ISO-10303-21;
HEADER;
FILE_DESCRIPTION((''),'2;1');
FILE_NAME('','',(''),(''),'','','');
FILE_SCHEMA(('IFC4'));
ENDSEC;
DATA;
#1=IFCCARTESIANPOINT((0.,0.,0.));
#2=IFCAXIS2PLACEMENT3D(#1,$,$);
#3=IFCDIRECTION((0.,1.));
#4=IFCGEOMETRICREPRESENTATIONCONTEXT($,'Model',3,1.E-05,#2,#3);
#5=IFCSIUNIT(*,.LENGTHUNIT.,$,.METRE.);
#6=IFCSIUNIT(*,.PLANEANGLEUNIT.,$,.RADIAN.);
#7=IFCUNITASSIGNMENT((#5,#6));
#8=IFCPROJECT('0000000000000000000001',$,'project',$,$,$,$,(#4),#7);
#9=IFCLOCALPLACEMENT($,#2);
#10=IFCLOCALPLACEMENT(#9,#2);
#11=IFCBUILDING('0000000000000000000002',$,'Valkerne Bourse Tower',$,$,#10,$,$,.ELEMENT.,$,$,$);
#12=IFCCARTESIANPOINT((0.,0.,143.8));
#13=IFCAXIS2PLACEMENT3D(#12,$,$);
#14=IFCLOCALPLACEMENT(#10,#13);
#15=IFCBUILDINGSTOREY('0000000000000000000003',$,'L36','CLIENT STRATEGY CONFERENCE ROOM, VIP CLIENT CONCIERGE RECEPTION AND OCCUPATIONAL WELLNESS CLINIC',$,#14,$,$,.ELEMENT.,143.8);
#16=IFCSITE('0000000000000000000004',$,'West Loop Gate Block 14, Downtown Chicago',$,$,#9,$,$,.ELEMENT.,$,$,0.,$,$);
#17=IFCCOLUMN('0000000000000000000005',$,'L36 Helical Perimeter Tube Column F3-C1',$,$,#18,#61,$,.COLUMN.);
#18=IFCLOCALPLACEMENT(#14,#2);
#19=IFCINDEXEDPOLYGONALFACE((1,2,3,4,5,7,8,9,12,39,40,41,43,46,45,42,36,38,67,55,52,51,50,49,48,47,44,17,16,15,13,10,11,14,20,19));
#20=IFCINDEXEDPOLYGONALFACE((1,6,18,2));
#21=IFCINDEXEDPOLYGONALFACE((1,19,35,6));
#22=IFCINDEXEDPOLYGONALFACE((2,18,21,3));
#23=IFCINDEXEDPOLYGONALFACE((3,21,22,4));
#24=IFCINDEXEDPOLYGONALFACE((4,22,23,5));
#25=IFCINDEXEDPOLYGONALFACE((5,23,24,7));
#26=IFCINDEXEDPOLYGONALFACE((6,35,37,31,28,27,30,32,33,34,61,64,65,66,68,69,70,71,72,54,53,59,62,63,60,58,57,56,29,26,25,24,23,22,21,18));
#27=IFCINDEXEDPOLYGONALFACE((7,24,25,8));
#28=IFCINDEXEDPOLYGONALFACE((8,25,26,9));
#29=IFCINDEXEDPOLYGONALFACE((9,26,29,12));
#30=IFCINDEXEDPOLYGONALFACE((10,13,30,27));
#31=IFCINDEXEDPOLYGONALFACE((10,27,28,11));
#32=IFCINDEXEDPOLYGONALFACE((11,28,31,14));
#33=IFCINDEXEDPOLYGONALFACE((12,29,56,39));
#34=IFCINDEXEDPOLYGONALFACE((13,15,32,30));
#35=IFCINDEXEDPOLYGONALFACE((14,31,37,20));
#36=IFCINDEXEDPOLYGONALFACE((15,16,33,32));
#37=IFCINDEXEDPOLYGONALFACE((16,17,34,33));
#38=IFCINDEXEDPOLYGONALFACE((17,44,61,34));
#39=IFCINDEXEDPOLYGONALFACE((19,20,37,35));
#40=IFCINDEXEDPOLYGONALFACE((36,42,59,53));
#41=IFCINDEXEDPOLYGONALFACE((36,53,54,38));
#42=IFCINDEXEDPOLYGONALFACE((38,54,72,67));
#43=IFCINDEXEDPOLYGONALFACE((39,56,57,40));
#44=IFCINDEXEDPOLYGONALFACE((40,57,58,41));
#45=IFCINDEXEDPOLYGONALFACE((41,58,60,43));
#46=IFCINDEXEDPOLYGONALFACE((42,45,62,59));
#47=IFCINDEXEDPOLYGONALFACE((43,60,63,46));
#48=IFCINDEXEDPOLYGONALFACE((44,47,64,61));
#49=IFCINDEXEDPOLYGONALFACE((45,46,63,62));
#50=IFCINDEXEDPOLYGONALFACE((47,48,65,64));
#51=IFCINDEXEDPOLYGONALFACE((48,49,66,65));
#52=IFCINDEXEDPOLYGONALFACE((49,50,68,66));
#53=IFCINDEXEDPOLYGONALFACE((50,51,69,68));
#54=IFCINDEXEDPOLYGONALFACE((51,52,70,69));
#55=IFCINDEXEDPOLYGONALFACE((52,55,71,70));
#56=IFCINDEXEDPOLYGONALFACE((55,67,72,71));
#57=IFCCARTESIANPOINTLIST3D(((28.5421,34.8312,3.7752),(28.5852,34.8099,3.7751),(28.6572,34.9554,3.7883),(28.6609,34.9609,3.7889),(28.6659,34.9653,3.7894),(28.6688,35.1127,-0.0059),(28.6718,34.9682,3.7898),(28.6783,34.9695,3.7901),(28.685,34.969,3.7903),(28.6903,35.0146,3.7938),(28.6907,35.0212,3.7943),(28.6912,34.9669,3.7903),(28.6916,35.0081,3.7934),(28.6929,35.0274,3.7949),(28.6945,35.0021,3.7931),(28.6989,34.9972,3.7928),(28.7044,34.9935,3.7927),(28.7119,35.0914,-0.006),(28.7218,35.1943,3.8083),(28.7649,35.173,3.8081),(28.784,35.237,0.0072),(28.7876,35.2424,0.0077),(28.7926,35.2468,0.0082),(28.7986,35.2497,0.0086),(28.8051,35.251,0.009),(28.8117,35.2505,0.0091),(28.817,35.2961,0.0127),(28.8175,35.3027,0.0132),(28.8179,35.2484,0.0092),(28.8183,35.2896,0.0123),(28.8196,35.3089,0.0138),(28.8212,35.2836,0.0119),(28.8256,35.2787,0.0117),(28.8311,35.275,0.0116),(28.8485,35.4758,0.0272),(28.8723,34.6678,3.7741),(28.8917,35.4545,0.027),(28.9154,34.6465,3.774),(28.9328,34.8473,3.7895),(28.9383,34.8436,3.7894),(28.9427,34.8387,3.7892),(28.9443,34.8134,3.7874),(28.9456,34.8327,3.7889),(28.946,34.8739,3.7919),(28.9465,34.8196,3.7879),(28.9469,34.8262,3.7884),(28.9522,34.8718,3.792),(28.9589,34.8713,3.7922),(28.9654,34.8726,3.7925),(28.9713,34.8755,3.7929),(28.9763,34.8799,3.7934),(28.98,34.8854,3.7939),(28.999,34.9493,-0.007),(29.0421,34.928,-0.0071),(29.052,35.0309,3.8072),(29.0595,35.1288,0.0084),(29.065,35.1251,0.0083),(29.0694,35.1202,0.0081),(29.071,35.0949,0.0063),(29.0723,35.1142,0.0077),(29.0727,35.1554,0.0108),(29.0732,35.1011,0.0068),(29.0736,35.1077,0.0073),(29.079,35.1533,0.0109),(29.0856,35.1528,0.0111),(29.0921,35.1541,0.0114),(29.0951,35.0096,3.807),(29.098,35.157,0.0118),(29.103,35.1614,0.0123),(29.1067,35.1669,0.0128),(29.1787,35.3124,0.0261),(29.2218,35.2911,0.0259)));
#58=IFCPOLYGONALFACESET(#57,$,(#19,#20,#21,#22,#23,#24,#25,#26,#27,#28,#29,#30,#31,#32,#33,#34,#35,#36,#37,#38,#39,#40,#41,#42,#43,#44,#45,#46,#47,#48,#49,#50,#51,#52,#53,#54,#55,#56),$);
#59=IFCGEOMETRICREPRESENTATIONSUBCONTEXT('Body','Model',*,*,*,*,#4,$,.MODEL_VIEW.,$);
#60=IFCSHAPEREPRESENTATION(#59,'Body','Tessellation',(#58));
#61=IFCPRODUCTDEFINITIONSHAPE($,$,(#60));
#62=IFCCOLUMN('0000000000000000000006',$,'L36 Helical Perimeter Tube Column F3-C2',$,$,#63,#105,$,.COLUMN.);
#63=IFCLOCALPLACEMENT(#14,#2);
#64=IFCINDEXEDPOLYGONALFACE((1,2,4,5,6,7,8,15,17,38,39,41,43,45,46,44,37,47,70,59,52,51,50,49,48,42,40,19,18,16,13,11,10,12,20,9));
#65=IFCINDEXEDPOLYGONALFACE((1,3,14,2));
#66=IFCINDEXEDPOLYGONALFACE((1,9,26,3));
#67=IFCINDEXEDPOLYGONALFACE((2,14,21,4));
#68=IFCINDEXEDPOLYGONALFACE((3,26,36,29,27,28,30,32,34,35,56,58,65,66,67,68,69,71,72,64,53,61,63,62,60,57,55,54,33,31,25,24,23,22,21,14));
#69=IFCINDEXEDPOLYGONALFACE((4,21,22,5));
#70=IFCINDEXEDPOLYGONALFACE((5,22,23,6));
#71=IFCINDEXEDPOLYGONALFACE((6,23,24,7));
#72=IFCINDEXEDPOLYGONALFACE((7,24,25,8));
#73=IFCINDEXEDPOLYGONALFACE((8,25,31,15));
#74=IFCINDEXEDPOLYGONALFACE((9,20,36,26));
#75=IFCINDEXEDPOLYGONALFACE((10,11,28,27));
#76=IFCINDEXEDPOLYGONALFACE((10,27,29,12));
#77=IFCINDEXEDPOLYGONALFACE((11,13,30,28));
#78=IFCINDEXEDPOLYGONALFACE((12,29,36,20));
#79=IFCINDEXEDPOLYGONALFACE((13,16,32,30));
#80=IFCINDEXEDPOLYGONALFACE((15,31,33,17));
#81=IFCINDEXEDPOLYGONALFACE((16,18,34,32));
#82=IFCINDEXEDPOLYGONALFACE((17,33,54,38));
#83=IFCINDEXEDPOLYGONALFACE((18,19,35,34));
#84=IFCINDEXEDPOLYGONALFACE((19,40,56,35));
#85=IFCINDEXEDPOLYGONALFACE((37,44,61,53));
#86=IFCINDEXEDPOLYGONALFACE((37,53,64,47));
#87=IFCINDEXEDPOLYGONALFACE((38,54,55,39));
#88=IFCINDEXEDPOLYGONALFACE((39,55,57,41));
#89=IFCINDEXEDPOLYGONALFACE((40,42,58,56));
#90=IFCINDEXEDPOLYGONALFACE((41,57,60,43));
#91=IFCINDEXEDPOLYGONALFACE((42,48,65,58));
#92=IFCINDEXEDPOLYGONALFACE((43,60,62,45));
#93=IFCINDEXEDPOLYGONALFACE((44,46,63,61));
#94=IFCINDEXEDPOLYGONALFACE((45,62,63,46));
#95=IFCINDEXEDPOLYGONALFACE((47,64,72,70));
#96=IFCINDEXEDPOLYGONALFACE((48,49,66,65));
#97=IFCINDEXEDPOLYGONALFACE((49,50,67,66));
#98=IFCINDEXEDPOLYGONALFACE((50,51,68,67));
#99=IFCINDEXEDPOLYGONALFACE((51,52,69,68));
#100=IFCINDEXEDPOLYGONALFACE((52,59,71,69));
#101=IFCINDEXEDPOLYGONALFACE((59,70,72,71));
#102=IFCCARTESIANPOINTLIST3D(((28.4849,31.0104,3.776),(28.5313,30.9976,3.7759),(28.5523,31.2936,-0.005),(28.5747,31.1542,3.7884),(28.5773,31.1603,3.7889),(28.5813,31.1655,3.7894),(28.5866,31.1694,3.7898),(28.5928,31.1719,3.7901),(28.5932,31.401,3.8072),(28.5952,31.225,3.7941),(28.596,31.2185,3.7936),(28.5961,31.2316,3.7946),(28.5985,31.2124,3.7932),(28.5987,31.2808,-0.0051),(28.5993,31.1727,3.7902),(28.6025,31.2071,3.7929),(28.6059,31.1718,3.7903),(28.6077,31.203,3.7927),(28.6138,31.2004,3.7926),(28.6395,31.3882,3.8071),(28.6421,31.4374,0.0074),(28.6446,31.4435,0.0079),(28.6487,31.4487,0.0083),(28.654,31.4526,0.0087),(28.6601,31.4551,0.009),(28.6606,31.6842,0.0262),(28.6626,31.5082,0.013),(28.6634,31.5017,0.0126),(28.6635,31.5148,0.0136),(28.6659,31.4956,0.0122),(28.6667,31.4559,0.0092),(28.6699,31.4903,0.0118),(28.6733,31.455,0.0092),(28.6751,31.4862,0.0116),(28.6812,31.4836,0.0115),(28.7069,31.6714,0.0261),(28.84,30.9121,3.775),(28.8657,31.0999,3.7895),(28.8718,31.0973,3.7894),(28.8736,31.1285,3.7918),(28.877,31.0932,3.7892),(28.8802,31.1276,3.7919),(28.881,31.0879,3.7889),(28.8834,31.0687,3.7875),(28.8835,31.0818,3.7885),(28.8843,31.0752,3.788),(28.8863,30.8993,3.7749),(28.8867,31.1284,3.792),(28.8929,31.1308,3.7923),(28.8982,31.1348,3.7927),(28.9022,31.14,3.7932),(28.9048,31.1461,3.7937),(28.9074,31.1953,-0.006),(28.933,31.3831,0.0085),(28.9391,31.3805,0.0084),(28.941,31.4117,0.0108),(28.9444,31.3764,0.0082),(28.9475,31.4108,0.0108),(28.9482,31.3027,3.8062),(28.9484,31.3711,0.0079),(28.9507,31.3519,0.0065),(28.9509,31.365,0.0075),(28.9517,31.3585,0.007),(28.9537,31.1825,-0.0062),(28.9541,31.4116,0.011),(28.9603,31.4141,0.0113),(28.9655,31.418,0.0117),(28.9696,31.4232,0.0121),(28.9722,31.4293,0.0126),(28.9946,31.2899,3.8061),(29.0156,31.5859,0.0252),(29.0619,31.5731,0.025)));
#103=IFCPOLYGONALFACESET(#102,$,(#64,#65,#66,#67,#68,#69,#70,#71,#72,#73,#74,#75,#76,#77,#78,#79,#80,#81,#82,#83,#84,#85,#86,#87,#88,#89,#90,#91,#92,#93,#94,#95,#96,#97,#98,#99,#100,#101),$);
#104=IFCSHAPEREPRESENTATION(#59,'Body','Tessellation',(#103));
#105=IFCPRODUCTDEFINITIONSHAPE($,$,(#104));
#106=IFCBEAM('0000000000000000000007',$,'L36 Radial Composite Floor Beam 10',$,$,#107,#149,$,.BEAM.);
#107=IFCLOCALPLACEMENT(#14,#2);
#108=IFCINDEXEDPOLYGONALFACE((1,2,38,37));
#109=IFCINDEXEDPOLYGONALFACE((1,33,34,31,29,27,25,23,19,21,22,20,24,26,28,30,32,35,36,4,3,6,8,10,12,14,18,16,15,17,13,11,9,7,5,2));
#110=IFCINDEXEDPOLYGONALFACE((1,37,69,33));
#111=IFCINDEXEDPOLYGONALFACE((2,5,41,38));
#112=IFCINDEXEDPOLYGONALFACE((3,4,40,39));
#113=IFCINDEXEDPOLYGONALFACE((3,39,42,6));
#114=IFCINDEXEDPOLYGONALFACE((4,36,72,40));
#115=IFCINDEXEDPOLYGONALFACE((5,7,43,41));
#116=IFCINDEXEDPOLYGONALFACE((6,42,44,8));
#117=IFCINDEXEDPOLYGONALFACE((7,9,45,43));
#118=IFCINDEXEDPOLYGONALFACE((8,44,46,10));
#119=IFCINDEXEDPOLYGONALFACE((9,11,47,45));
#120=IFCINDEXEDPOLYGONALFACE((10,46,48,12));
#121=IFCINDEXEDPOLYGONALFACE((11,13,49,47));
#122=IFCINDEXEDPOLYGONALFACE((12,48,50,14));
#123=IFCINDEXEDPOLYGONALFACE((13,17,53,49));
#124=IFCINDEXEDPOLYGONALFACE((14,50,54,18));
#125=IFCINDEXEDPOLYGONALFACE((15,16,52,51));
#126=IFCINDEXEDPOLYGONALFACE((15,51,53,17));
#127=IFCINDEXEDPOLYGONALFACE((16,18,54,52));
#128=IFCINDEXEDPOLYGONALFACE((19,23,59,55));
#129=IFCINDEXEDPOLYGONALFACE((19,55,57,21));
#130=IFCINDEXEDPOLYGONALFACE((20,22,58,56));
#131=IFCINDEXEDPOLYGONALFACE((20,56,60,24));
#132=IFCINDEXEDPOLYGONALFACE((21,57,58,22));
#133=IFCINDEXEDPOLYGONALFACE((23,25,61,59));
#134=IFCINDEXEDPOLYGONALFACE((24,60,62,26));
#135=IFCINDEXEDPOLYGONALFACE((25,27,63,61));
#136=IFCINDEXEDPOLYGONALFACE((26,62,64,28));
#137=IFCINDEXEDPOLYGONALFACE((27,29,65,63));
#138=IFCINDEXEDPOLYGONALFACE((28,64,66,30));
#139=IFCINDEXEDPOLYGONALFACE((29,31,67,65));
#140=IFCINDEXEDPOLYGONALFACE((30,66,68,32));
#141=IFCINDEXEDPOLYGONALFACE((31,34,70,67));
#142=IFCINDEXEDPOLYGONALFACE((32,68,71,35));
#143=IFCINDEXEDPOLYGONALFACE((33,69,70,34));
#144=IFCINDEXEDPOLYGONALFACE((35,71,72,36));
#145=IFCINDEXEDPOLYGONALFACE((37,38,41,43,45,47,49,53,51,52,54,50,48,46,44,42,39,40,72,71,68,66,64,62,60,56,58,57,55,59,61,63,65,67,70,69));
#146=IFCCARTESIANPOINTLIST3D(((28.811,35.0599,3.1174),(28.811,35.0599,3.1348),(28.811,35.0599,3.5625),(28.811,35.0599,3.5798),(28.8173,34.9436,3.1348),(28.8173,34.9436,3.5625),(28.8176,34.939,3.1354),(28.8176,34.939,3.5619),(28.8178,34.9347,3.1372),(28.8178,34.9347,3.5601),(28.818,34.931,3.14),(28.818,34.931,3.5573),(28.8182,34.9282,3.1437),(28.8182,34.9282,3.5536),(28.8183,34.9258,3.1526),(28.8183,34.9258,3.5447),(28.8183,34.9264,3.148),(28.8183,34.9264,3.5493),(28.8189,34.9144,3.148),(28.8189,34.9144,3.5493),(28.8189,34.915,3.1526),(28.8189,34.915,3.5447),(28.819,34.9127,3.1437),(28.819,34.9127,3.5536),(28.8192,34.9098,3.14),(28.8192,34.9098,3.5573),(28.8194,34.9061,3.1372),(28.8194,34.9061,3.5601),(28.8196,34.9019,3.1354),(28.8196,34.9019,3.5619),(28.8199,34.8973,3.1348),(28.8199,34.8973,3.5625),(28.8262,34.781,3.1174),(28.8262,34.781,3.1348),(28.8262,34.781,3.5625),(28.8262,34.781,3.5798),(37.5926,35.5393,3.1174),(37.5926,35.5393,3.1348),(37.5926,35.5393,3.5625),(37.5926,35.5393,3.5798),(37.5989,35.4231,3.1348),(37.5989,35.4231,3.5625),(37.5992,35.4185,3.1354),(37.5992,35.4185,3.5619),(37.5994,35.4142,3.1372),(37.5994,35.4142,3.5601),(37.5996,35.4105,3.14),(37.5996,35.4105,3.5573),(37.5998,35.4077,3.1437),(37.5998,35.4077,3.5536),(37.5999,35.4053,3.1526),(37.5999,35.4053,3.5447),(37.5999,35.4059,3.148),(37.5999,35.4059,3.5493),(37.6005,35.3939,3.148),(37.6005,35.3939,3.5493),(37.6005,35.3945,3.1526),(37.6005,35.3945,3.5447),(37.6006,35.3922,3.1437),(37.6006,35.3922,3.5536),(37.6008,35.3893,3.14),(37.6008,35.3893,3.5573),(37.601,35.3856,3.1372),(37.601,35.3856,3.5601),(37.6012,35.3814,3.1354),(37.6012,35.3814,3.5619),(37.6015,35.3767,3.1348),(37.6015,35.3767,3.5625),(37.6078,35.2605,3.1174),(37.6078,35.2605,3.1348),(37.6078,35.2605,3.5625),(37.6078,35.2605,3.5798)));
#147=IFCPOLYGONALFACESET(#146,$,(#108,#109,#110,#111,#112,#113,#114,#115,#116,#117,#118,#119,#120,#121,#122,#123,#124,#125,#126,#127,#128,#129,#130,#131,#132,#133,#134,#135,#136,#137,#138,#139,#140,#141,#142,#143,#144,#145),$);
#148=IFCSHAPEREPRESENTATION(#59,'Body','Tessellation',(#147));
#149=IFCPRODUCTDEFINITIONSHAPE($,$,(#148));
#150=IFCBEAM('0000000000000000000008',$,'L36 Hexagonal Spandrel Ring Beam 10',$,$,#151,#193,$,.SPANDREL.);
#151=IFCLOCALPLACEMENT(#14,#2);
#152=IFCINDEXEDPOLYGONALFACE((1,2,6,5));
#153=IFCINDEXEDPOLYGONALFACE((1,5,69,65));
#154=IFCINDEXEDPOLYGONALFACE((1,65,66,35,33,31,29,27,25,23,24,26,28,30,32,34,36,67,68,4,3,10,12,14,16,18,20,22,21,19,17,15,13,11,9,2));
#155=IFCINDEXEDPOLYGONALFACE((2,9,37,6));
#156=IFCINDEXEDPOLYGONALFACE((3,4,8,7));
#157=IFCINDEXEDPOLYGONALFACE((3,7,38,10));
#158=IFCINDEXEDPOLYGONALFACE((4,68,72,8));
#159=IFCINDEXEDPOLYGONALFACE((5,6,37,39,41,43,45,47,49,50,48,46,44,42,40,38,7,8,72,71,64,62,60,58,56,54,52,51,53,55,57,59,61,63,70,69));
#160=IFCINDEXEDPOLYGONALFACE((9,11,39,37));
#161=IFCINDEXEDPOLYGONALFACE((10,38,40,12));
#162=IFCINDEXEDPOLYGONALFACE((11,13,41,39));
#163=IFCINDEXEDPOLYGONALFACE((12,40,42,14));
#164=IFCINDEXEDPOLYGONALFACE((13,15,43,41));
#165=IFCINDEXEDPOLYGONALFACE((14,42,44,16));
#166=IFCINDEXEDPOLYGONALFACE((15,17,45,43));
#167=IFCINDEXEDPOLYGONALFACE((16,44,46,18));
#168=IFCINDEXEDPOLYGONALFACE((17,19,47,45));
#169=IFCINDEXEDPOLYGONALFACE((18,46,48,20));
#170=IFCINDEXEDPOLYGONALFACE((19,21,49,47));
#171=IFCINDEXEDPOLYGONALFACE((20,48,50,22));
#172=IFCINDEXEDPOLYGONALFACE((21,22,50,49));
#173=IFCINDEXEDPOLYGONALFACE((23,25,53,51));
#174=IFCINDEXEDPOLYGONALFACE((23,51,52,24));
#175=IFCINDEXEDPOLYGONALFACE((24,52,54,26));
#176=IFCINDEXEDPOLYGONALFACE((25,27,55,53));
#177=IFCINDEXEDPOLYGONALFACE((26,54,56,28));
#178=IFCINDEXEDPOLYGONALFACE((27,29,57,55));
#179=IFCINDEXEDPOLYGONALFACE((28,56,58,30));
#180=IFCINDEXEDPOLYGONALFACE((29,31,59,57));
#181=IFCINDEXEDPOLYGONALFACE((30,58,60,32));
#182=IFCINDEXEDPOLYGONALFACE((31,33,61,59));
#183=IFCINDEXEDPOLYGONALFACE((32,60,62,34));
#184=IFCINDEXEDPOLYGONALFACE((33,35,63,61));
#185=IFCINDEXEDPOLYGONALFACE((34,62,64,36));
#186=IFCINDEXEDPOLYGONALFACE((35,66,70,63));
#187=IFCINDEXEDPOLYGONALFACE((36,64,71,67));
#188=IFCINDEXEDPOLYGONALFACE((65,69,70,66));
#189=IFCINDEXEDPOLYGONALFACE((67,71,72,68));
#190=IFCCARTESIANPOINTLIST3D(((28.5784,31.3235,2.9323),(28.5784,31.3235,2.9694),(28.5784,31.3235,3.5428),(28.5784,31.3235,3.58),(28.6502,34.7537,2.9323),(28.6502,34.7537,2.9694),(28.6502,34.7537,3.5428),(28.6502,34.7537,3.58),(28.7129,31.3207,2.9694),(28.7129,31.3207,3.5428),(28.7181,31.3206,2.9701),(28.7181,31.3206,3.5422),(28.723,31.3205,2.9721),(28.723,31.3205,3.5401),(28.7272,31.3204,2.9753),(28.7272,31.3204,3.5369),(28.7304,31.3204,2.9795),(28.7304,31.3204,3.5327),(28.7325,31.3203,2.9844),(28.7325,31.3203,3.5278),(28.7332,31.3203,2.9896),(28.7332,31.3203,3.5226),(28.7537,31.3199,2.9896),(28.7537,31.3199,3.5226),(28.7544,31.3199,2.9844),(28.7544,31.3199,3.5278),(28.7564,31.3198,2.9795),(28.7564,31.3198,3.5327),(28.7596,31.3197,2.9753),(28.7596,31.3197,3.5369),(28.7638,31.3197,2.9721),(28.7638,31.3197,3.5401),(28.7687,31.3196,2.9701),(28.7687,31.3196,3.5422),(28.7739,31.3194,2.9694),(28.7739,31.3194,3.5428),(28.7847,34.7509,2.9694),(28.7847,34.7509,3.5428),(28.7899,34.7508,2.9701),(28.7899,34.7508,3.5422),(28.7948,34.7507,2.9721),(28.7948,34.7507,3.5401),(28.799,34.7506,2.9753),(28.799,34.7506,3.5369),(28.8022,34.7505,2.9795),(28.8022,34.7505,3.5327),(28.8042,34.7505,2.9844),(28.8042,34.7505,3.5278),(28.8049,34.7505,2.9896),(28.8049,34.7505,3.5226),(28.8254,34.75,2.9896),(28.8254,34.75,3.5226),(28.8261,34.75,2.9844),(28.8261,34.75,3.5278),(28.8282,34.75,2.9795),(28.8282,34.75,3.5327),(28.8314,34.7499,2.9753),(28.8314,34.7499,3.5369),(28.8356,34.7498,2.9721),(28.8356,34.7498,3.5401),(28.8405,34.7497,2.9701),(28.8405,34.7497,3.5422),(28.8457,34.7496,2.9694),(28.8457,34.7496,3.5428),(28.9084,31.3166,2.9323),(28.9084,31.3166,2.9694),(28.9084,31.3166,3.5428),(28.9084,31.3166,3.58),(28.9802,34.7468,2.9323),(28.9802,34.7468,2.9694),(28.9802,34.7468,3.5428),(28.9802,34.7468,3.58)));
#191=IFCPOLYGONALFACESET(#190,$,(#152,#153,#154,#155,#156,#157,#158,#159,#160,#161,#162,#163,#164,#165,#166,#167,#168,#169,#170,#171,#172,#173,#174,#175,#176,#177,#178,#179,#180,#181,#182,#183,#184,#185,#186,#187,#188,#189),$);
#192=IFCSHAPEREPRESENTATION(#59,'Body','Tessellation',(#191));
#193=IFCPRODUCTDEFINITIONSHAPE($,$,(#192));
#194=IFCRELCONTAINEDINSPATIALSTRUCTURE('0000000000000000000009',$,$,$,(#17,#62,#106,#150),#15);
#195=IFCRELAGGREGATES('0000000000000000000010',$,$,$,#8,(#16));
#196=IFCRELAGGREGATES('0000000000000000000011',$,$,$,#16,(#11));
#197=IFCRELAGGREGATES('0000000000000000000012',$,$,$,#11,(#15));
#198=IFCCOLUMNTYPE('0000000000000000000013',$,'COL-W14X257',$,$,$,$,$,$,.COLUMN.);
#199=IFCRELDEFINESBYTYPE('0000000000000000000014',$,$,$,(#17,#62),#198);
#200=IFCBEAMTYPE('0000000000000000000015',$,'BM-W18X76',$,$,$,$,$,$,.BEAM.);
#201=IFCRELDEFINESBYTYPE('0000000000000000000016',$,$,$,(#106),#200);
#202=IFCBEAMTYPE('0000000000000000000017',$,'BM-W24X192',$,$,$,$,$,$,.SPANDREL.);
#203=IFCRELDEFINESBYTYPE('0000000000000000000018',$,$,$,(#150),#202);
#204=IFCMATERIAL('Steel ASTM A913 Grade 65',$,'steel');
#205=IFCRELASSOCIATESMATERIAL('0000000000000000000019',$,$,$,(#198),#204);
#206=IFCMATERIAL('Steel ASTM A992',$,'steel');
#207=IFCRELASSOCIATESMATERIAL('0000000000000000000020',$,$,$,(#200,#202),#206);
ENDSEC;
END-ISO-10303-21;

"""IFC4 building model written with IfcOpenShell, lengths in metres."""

from ifc_helpers import new_model, si_unit, direction, frame, origin, origin_2d, place, context, subcontext, project, spatial, i_section, extrude, material, material_profile, profile_set, type_object, element, save


model = new_model("IFC4")

# Units and contexts
model_context = context("Model", 3, precision=1e-05, world=origin(), true_north=direction((0.0, 1.0)))
body_context = subcontext(model_context, "Body", "Model", "MODEL_VIEW")
ifc_project = project(units=[si_unit("LENGTHUNIT", "METRE"), si_unit("PLANEANGLEUNIT", "RADIAN")], contexts=[model_context])

# Site, building, storey
site_placement = place(None, origin())
site = spatial("IfcSite", under=ifc_project, at=site_placement, Name="West Loop Gate Block 14, Downtown Chicago", CompositionType="ELEMENT", RefElevation=0.0)
building_placement = place(site_placement, origin())
building = spatial("IfcBuilding", under=site, at=building_placement, Name="Valkerne Bourse Tower", CompositionType="ELEMENT")
storey_placement = place(building_placement, frame((0.0, 0.0, 143.8)))
storey = spatial("IfcBuildingStorey", under=building, at=storey_placement, Name="L36", Description="CLIENT STRATEGY CONFERENCE ROOM, VIP CLIENT CONCIERGE RECEPTION AND OCCUPATIONAL WELLNESS CLINIC", CompositionType="ELEMENT", Elevation=143.8)

# Columns
ifc_material_1 = material(Name="Steel ASTM A913 Grade 65", Category="steel")
ifc_material_profile_1 = material_profile(ifc_material_1, i_section(OverallWidth=0.4065, OverallDepth=0.4165, WebThickness=0.0298, FlangeThickness=0.0481, FilletRadius=0.0254, at=origin_2d()), Name="W14X257")
ifc_profile_set_1 = profile_set([ifc_material_profile_1], Name="Steel ASTM A913 Grade 65")
column_type = type_object("IfcColumnType", Name="COL-W14X257", PredefinedType="COLUMN", material=ifc_profile_set_1)
column_1_placement = place(storey_placement, frame((28.9453, 35.2019, 0.01), z_axis=(-0.033401, -0.074203, 0.996684), x_axis=(-0.442242, -0.893202, -0.081319)))
element("IfcColumn", 1, at=column_1_placement, inside=storey, type_object=column_type, Name="L36 Helical Perimeter Tube Column F3-C1", PredefinedType="COLUMN", context=body_context, shape_type="SweptSolid", body=[
    extrude(i_section(OverallWidth=0.4065, OverallDepth=0.4165, WebThickness=0.0298, FlangeThickness=0.0481, FilletRadius=0.0254, at=origin_2d()), origin(), (0.0, 0.0, 1.0), 3.7937),
])
column_2_placement = place(storey_placement, frame((28.8071, 31.4333, 0.01), z_axis=(-0.017769, -0.074681, 0.997049), x_axis=(-0.26628, -0.960838, -0.076714)))
element("IfcColumn", 2, at=column_2_placement, inside=storey, type_object=column_type, Name="L36 Helical Perimeter Tube Column F3-C2", PredefinedType="COLUMN", context=body_context, shape_type="SweptSolid", body=[
    extrude(i_section(OverallWidth=0.4065, OverallDepth=0.4165, WebThickness=0.0298, FlangeThickness=0.0481, FilletRadius=0.0254, at=origin_2d()), origin(), (0.0, 0.0, 1.0), 3.7922),
])

# Beams
ifc_material_2 = material(Name="Steel ASTM A992", Category="steel")
ifc_material_profile_2 = material_profile(ifc_material_2, i_section(OverallWidth=0.2793, OverallDepth=0.4624, WebThickness=0.0107, FlangeThickness=0.0173, FilletRadius=0.0178, at=origin_2d()), Name="W18X76")
ifc_profile_set_2 = profile_set([ifc_material_profile_2], Name="Steel ASTM A992")
beam_type_1 = type_object("IfcBeamType", Name="BM-W18X76", PredefinedType="BEAM", material=ifc_profile_set_2)
beam_1_placement = place(storey_placement, frame((28.8186, 34.9204, 3.3486), z_axis=(0.998513, 0.054521, 0.0), x_axis=(-0.054521, 0.998513, 0.0)))
element("IfcBeam", 3, at=beam_1_placement, inside=storey, type_object=beam_type_1, Name="L36 Radial Composite Floor Beam 10", PredefinedType="BEAM", context=body_context, shape_type="SweptSolid", body=[
    extrude(i_section(OverallWidth=0.2793, OverallDepth=0.4624, WebThickness=0.0107, FlangeThickness=0.0173, FilletRadius=0.0178, at=origin_2d()), origin(), (0.0, 0.0, 1.0), 8.7947),
])
ifc_material_profile_3 = material_profile(ifc_material_2, i_section(OverallWidth=0.3301, OverallDepth=0.6477, WebThickness=0.0205, FlangeThickness=0.0371, FilletRadius=0.0203, at=origin_2d()), Name="W24X192")
ifc_profile_set_3 = profile_set([ifc_material_profile_3], Name="Steel ASTM A992")
beam_type_2 = type_object("IfcBeamType", Name="BM-W24X192", PredefinedType="SPANDREL", material=ifc_profile_set_3)
beam_2_placement = place(storey_placement, frame((28.8152, 34.7502, 3.2561), z_axis=(-0.020921, -0.999781, 0.0), x_axis=(0.999781, -0.020921, 0.0)))
element("IfcBeam", 4, at=beam_2_placement, inside=storey, type_object=beam_type_2, Name="L36 Hexagonal Spandrel Ring Beam 10", PredefinedType="SPANDREL", context=body_context, shape_type="SweptSolid", body=[
    extrude(i_section(OverallWidth=0.3301, OverallDepth=0.6477, WebThickness=0.0205, FlangeThickness=0.0371, FilletRadius=0.0203, at=origin_2d()), origin(), (0.0, 0.0, 1.0), 3.4309),
])

save(model, "model.ifc")
